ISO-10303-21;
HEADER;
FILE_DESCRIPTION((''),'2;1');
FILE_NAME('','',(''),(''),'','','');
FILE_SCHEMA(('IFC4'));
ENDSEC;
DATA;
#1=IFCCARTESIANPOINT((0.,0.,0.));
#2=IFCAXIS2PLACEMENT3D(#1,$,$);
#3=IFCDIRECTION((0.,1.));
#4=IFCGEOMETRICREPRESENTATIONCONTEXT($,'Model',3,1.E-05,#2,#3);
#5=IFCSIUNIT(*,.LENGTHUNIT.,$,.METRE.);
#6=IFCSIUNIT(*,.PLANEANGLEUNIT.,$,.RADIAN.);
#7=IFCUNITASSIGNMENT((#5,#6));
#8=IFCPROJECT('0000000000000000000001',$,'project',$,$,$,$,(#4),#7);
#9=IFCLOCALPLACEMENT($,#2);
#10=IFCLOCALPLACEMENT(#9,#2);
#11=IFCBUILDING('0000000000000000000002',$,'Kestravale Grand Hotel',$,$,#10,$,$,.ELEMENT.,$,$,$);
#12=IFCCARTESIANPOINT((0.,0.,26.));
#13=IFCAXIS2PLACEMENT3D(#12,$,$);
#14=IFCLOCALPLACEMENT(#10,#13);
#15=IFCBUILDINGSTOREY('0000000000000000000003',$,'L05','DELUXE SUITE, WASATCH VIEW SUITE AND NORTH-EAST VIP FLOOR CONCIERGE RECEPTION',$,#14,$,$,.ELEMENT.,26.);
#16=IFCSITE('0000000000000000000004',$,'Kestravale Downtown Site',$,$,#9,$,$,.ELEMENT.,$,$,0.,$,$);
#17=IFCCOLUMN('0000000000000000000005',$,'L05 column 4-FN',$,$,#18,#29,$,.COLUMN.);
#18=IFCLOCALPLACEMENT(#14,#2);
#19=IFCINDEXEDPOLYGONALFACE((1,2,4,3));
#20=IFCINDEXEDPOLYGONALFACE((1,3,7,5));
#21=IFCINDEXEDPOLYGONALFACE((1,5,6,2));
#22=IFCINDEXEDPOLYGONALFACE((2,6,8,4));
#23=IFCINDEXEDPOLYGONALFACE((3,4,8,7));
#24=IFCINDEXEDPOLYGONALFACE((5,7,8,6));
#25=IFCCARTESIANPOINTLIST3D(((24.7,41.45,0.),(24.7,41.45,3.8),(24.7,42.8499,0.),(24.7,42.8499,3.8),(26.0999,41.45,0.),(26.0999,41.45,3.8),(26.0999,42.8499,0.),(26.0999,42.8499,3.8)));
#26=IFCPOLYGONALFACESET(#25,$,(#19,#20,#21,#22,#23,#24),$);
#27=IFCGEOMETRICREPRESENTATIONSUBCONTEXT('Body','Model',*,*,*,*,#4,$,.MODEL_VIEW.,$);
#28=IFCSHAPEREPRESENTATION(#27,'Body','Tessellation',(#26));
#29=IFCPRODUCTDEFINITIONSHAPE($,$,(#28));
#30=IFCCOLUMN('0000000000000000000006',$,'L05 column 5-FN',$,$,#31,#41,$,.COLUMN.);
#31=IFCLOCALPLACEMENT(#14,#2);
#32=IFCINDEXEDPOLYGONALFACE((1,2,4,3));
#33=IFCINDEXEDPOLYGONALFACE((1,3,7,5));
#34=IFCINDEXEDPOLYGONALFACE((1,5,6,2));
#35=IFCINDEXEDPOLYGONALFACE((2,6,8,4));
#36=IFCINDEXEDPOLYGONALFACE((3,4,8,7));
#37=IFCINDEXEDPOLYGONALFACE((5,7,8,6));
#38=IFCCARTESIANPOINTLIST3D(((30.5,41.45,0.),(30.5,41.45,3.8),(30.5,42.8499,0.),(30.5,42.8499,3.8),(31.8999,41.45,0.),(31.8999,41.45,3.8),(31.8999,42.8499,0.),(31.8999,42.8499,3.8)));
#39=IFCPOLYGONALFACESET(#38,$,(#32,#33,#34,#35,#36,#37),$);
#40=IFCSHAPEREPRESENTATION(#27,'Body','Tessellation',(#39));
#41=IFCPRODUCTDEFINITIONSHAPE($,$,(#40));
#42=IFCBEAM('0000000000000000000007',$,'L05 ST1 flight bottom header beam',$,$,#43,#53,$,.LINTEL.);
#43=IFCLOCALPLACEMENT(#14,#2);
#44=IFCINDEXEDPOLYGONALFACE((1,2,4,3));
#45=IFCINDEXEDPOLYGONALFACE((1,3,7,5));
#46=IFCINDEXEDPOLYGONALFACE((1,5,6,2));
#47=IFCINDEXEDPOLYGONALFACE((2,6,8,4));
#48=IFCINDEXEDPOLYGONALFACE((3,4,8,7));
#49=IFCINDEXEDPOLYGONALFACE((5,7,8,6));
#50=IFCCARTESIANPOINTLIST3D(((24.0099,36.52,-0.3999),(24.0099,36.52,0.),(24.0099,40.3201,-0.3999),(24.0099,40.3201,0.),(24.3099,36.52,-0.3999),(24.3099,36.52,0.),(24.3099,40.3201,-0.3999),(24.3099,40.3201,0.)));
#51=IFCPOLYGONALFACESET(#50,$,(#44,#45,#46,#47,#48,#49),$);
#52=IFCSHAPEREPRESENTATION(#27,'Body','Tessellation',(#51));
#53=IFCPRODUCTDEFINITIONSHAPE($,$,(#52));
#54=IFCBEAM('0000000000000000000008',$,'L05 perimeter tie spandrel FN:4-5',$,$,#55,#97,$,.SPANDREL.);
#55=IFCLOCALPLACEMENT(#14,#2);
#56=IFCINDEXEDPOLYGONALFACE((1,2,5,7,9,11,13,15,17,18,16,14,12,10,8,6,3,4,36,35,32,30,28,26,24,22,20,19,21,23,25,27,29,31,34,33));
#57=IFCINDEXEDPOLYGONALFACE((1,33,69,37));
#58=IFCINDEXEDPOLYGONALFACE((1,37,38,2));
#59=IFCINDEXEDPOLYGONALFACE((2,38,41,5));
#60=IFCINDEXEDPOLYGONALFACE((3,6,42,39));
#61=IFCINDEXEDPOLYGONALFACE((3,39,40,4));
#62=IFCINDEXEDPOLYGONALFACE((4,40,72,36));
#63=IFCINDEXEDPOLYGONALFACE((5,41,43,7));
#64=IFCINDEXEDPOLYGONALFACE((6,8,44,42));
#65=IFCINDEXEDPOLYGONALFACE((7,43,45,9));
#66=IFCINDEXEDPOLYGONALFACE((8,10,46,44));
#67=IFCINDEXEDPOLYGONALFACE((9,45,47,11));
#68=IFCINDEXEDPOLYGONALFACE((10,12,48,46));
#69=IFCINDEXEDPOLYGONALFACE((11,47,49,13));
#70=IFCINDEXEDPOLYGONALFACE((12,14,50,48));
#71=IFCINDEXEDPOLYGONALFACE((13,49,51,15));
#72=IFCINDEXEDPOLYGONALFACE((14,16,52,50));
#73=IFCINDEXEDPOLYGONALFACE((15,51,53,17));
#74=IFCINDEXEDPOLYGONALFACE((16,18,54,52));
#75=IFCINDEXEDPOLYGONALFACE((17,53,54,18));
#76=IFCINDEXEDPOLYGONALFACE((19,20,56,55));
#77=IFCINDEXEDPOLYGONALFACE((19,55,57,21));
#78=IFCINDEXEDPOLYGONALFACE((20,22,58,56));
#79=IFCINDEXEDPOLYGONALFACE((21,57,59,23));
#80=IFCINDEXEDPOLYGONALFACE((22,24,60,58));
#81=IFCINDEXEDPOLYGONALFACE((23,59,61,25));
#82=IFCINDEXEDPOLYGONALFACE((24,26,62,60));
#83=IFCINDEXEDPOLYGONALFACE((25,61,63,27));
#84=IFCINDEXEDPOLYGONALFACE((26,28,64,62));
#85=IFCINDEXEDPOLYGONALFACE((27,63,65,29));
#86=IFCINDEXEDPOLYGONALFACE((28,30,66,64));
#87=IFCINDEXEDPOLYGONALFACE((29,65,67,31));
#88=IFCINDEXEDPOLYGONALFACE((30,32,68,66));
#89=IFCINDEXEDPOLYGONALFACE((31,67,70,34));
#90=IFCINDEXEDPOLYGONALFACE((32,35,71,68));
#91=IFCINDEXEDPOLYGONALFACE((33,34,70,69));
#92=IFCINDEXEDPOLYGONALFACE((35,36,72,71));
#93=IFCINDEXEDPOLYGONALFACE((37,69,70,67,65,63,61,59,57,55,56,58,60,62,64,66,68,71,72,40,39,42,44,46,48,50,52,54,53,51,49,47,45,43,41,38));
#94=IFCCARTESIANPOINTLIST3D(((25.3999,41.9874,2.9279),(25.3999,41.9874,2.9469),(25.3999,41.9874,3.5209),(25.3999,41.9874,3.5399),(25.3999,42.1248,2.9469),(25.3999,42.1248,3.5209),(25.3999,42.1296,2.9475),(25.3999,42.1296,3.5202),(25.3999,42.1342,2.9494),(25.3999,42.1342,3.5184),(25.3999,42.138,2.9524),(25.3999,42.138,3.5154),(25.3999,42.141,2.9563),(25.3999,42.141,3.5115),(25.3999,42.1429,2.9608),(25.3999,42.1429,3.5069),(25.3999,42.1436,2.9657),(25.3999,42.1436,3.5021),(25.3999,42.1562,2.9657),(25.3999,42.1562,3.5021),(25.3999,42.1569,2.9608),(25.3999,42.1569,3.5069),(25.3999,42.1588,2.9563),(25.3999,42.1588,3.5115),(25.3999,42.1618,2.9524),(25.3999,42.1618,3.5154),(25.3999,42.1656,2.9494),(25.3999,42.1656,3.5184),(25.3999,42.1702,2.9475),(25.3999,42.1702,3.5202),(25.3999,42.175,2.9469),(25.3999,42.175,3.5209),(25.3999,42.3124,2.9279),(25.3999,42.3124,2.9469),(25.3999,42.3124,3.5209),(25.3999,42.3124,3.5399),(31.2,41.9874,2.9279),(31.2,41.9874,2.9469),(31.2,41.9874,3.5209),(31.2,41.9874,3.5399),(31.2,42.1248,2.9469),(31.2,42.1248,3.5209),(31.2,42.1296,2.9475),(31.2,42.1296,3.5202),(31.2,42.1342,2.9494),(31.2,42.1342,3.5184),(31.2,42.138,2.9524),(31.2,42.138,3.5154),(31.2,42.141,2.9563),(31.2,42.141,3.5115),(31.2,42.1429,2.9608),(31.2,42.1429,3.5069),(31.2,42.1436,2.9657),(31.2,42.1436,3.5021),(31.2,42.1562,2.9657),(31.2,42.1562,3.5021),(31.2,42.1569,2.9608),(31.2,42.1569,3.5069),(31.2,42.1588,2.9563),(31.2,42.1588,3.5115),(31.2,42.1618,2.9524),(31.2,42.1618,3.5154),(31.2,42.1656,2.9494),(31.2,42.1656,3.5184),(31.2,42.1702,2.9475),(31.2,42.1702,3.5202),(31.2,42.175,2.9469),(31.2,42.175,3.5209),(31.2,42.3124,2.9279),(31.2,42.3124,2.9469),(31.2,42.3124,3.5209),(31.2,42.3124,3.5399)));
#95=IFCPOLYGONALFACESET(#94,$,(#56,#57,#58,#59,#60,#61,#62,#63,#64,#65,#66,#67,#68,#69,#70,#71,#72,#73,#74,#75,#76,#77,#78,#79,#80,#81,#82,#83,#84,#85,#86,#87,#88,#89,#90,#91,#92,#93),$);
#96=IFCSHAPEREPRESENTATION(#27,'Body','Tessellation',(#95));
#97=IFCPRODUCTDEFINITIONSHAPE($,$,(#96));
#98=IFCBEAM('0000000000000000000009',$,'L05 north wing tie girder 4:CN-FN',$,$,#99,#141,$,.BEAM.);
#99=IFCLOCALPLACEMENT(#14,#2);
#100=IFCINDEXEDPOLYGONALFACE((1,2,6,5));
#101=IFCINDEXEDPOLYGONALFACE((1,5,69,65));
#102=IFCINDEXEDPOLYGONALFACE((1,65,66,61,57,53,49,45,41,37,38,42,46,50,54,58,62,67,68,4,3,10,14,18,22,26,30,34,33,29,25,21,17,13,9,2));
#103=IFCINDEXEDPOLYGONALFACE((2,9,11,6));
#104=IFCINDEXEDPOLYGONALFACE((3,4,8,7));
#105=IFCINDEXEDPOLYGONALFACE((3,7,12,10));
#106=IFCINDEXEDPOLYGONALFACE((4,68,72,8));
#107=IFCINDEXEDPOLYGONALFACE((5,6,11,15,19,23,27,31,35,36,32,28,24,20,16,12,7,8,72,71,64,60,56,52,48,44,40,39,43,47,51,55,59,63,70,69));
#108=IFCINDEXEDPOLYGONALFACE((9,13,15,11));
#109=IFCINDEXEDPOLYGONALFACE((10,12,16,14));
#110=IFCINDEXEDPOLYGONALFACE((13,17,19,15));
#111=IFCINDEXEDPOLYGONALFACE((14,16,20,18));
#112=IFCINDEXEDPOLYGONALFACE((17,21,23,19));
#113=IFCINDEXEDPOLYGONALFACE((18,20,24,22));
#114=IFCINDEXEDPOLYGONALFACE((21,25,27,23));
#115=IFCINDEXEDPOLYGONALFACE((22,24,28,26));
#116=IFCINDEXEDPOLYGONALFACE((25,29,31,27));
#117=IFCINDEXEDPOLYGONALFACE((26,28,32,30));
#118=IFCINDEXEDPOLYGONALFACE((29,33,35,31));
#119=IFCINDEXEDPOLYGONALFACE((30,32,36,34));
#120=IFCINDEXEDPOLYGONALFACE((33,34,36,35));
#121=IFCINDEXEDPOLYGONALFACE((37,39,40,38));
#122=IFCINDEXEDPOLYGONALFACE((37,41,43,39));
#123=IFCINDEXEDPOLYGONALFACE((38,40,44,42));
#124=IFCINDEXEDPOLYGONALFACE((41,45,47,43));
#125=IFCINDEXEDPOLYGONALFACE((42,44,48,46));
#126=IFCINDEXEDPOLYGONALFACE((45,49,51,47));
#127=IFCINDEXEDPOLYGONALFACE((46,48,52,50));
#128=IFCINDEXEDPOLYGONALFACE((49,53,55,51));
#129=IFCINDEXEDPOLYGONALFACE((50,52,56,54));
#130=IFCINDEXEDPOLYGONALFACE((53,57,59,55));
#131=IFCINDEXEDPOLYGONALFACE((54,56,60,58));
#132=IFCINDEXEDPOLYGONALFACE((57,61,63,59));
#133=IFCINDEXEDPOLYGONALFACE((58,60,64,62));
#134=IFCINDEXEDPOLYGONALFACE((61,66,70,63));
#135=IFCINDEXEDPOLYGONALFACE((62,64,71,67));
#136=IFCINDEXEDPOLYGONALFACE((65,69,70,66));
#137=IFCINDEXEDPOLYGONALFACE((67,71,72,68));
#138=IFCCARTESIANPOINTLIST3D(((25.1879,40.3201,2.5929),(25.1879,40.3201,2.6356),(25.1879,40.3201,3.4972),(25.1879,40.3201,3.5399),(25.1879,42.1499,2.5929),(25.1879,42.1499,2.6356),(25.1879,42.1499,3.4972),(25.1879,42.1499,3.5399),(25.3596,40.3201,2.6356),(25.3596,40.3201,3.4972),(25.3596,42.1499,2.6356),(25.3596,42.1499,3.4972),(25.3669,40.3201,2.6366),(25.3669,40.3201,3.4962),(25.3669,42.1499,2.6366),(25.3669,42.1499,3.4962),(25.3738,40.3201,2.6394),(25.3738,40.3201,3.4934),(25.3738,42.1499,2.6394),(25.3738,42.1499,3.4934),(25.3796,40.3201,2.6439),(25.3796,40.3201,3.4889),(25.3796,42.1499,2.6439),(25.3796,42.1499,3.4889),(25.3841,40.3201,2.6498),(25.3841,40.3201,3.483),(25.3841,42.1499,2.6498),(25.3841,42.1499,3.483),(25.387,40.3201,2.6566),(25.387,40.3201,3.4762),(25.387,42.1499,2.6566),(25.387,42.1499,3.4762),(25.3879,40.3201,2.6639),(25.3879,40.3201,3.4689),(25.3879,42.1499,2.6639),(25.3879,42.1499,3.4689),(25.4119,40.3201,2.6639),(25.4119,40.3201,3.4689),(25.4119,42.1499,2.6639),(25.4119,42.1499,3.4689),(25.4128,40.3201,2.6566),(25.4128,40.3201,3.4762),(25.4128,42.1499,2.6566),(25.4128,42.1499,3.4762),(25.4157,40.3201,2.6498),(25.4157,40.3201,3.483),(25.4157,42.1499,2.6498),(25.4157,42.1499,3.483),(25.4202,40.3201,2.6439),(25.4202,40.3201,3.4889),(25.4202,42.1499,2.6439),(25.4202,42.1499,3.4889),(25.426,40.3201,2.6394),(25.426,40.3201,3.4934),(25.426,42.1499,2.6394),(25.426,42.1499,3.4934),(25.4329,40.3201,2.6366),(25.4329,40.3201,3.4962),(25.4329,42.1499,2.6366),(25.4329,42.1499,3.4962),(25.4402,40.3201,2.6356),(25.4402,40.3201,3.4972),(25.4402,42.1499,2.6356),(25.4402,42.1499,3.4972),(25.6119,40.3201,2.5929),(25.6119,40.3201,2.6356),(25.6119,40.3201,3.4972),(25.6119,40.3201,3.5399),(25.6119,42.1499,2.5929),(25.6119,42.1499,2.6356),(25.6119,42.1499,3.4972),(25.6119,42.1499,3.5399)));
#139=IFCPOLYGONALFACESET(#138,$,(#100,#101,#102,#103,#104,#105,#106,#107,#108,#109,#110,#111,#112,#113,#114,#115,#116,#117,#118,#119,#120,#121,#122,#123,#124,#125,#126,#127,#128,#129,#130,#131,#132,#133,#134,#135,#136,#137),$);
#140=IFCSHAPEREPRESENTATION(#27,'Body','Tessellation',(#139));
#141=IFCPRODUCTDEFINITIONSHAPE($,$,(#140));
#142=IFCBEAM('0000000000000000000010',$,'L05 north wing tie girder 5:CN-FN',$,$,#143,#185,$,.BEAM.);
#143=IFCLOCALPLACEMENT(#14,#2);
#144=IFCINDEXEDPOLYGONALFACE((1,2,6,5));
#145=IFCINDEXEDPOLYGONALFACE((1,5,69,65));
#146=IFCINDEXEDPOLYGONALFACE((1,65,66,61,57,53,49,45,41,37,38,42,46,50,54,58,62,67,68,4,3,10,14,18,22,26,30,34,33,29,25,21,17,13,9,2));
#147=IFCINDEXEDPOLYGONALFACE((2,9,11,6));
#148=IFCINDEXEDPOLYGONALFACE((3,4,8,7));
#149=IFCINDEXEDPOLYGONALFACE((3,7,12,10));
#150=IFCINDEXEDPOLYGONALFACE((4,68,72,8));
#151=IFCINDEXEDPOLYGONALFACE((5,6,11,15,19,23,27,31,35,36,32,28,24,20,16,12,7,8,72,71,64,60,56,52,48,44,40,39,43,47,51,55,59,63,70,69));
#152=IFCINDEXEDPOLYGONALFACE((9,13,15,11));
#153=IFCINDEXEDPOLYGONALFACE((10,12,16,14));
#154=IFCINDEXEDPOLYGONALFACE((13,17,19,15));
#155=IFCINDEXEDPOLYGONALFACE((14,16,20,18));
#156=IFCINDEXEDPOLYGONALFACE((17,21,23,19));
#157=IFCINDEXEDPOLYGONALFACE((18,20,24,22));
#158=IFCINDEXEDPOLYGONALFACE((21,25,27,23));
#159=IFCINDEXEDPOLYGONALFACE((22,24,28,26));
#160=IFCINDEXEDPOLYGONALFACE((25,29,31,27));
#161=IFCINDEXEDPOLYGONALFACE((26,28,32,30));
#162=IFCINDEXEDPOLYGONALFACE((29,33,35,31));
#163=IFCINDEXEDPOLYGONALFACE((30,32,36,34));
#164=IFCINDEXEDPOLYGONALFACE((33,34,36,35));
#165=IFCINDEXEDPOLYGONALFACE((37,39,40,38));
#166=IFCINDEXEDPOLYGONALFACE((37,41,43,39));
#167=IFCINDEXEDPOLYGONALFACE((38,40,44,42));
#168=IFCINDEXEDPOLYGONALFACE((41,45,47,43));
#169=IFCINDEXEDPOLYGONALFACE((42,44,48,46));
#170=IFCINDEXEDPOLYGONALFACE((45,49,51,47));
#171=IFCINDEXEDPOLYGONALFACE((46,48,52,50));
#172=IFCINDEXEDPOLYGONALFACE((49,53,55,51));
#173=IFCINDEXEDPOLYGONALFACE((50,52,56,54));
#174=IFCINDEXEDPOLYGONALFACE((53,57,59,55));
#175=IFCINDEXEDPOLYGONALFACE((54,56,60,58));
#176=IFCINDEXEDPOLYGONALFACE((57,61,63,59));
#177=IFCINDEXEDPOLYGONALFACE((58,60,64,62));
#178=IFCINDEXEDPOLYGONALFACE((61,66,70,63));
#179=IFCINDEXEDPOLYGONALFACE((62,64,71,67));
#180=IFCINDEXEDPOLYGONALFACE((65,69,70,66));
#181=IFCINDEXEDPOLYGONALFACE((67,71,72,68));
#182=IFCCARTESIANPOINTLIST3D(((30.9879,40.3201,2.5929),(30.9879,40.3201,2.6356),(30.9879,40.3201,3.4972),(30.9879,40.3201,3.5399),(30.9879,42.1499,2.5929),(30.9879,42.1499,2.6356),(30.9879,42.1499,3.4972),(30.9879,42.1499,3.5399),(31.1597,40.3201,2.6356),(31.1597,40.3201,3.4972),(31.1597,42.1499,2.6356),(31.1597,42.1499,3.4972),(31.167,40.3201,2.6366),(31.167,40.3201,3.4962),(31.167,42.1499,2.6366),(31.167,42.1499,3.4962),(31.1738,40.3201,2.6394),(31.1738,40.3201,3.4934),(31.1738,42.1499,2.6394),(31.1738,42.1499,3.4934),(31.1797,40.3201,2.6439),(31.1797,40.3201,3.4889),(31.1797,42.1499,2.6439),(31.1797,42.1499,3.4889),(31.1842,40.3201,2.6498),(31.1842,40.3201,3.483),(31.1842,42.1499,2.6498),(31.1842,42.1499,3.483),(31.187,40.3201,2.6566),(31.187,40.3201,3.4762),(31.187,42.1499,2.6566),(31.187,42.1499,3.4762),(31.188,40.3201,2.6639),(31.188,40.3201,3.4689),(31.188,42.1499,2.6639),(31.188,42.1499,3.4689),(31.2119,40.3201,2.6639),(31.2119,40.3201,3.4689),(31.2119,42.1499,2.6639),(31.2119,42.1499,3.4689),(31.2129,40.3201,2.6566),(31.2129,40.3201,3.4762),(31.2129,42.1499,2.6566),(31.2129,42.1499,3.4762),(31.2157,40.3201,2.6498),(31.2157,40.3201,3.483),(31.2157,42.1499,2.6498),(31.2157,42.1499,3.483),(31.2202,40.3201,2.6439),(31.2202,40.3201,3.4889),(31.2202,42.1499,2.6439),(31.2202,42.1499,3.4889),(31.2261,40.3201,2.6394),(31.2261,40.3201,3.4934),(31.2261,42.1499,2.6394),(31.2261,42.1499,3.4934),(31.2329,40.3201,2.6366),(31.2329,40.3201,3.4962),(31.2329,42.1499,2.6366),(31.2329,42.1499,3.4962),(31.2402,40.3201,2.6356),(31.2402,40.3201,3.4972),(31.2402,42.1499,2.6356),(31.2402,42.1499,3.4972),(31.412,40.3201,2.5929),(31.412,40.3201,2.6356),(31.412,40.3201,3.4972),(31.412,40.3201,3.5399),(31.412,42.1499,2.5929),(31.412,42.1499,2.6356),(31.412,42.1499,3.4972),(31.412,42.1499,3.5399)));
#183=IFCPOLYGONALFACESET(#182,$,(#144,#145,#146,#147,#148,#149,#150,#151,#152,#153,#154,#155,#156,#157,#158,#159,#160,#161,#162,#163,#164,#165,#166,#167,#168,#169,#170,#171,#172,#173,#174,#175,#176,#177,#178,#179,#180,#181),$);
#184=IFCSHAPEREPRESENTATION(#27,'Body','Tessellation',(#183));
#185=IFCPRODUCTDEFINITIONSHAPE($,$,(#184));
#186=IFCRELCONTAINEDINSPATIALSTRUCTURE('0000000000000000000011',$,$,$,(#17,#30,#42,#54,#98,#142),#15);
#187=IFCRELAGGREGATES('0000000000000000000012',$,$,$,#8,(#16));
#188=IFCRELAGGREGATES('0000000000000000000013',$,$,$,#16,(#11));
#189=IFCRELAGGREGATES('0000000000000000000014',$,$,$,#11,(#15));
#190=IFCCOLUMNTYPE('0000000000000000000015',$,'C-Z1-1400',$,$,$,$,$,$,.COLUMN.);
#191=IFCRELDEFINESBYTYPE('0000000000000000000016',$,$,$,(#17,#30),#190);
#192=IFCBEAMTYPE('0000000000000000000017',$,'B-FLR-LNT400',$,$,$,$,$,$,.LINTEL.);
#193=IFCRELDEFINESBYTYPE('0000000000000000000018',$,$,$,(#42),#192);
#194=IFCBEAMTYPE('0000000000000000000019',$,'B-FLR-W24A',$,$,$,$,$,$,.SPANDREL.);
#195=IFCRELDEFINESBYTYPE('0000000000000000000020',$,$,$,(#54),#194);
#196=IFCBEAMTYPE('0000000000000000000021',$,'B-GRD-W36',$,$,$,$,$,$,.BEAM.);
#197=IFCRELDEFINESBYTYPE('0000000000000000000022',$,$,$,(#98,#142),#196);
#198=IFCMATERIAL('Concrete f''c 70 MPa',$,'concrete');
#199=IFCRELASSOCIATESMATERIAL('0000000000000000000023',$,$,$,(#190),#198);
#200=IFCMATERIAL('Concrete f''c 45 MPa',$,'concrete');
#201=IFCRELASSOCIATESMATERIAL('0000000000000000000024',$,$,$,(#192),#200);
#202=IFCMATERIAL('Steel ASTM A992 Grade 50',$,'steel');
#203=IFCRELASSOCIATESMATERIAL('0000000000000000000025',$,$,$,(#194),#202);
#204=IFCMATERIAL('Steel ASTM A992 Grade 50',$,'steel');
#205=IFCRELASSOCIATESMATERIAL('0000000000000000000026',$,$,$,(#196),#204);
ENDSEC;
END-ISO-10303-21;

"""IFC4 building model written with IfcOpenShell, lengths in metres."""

from ifc_helpers import new_model, si_unit, direction, frame, origin, origin_2d, place, context, subcontext, project, spatial, rectangle, i_section, extrude, material, material_profile, profile_set, type_object, element, save


model = new_model("IFC4")

# Units and contexts
model_context = context("Model", 3, precision=1e-05, world=origin(), true_north=direction((0.0, 1.0)))
body_context = subcontext(model_context, "Body", "Model", "MODEL_VIEW")
ifc_project = project(units=[si_unit("LENGTHUNIT", "METRE"), si_unit("PLANEANGLEUNIT", "RADIAN")], contexts=[model_context])

# Site, building, storey
site_placement = place(None, origin())
site = spatial("IfcSite", under=ifc_project, at=site_placement, Name="Kestravale Downtown Site", CompositionType="ELEMENT", RefElevation=0.0)
building_placement = place(site_placement, origin())
building = spatial("IfcBuilding", under=site, at=building_placement, Name="Kestravale Grand Hotel", CompositionType="ELEMENT")
storey_placement = place(building_placement, frame((0.0, 0.0, 26.0)))
storey = spatial("IfcBuildingStorey", under=building, at=storey_placement, Name="L05", Description="DELUXE SUITE, WASATCH VIEW SUITE AND NORTH-EAST VIP FLOOR CONCIERGE RECEPTION", CompositionType="ELEMENT", Elevation=26.0)

# Columns
ifc_material_1 = material(Name="Concrete f'c 70 MPa", Category="concrete")
ifc_material_profile_1 = material_profile(ifc_material_1, rectangle(XDim=1.3999, YDim=1.3999, at=origin_2d()))
ifc_profile_set_1 = profile_set([ifc_material_profile_1], Name="Concrete f'c 70 MPa")
column_type = type_object("IfcColumnType", Name="C-Z1-1400", PredefinedType="COLUMN", material=ifc_profile_set_1)
for number, where, z_axis, x_axis, name in (
    (1, (25.3999, 42.1499, 0.0), (0.0, 0.0, 1.0), (1.0, 0.0, 0.0), "L05 column 4-FN"),
    (2, (31.2, 42.1499, 0.0), (0.0, 0.0, 1.0), (1.0, 0.0, 0.0), "L05 column 5-FN"),
):
    element("IfcColumn", number, at=place(storey_placement, frame(where, z_axis=z_axis, x_axis=x_axis)), inside=storey, type_object=column_type, Name=name, PredefinedType="COLUMN", context=body_context, shape_type="SweptSolid", body=[
        extrude(rectangle(XDim=1.3999, YDim=1.3999, at=origin_2d()), origin(), (0.0, 0.0, 1.0), 3.8),
    ])

# Beams
ifc_material_2 = material(Name="Concrete f'c 45 MPa", Category="concrete")
ifc_material_profile_2 = material_profile(ifc_material_2, rectangle(XDim=0.3, YDim=0.3999, at=origin_2d()))
ifc_profile_set_2 = profile_set([ifc_material_profile_2], Name="Concrete f'c 45 MPa")
beam_type_1 = type_object("IfcBeamType", Name="B-FLR-LNT400", PredefinedType="LINTEL", material=ifc_profile_set_2)
beam_1_placement = place(storey_placement, frame((24.1599, 36.52, -0.2), z_axis=(0.0, 1.0, 0.0), x_axis=(-1.0, 0.0, 0.0)))
element("IfcBeam", 3, at=beam_1_placement, inside=storey, type_object=beam_type_1, Name="L05 ST1 flight bottom header beam", PredefinedType="LINTEL", context=body_context, shape_type="SweptSolid", body=[
    extrude(rectangle(XDim=0.3, YDim=0.3999, at=origin_2d()), origin(), (0.0, 0.0, 1.0), 3.8),
])
ifc_material_3 = material(Name="Steel ASTM A992 Grade 50", Category="steel")
ifc_material_profile_3 = material_profile(ifc_material_3, i_section(OverallWidth=0.325, OverallDepth=0.6121, WebThickness=0.0127, FlangeThickness=0.019, FilletRadius=0.0188, at=origin_2d()))
ifc_profile_set_3 = profile_set([ifc_material_profile_3], Name="Steel ASTM A992 Grade 50")
beam_type_2 = type_object("IfcBeamType", Name="B-FLR-W24A", PredefinedType="SPANDREL", material=ifc_profile_set_3)
beam_2_placement = place(storey_placement, frame((25.3999, 42.1499, 3.2339), z_axis=(1.0, 0.0, 0.0), x_axis=(0.0, 1.0, 0.0)))
element("IfcBeam", 4, at=beam_2_placement, inside=storey, type_object=beam_type_2, Name="L05 perimeter tie spandrel FN:4-5", PredefinedType="SPANDREL", context=body_context, shape_type="SweptSolid", body=[
    extrude(i_section(OverallWidth=0.325, OverallDepth=0.6121, WebThickness=0.0127, FlangeThickness=0.019, FilletRadius=0.0188, at=origin_2d()), origin(), (0.0, 0.0, 1.0), 5.8),
])
ifc_material_4 = material(Name="Steel ASTM A992 Grade 50", Category="steel")
ifc_material_profile_4 = material_profile(ifc_material_4, i_section(OverallWidth=0.4241, OverallDepth=0.947, WebThickness=0.0239, FlangeThickness=0.0427, FilletRadius=0.0283, at=origin_2d()))
ifc_profile_set_4 = profile_set([ifc_material_profile_4], Name="Steel ASTM A992 Grade 50")
beam_type_3 = type_object("IfcBeamType", Name="B-GRD-W36", PredefinedType="BEAM", material=ifc_profile_set_4)
for number, where, z_axis, x_axis, name in (
    (5, (25.3999, 40.3201, 3.0664), (0.0, 1.0, 0.0), (-1.0, 0.0, 0.0), "L05 north wing tie girder 4:CN-FN"),
    (6, (31.2, 40.3201, 3.0664), (0.0, 1.0, 0.0), (-1.0, 0.0, 0.0), "L05 north wing tie girder 5:CN-FN"),
):
    element("IfcBeam", number, at=place(storey_placement, frame(where, z_axis=z_axis, x_axis=x_axis)), inside=storey, type_object=beam_type_3, Name=name, PredefinedType="BEAM", context=body_context, shape_type="SweptSolid", body=[
        extrude(i_section(OverallWidth=0.4241, OverallDepth=0.947, WebThickness=0.0239, FlangeThickness=0.0427, FilletRadius=0.0283, at=origin_2d()), origin(), (0.0, 0.0, 1.0), 1.8298),
    ])

save(model, "model.ifc")
